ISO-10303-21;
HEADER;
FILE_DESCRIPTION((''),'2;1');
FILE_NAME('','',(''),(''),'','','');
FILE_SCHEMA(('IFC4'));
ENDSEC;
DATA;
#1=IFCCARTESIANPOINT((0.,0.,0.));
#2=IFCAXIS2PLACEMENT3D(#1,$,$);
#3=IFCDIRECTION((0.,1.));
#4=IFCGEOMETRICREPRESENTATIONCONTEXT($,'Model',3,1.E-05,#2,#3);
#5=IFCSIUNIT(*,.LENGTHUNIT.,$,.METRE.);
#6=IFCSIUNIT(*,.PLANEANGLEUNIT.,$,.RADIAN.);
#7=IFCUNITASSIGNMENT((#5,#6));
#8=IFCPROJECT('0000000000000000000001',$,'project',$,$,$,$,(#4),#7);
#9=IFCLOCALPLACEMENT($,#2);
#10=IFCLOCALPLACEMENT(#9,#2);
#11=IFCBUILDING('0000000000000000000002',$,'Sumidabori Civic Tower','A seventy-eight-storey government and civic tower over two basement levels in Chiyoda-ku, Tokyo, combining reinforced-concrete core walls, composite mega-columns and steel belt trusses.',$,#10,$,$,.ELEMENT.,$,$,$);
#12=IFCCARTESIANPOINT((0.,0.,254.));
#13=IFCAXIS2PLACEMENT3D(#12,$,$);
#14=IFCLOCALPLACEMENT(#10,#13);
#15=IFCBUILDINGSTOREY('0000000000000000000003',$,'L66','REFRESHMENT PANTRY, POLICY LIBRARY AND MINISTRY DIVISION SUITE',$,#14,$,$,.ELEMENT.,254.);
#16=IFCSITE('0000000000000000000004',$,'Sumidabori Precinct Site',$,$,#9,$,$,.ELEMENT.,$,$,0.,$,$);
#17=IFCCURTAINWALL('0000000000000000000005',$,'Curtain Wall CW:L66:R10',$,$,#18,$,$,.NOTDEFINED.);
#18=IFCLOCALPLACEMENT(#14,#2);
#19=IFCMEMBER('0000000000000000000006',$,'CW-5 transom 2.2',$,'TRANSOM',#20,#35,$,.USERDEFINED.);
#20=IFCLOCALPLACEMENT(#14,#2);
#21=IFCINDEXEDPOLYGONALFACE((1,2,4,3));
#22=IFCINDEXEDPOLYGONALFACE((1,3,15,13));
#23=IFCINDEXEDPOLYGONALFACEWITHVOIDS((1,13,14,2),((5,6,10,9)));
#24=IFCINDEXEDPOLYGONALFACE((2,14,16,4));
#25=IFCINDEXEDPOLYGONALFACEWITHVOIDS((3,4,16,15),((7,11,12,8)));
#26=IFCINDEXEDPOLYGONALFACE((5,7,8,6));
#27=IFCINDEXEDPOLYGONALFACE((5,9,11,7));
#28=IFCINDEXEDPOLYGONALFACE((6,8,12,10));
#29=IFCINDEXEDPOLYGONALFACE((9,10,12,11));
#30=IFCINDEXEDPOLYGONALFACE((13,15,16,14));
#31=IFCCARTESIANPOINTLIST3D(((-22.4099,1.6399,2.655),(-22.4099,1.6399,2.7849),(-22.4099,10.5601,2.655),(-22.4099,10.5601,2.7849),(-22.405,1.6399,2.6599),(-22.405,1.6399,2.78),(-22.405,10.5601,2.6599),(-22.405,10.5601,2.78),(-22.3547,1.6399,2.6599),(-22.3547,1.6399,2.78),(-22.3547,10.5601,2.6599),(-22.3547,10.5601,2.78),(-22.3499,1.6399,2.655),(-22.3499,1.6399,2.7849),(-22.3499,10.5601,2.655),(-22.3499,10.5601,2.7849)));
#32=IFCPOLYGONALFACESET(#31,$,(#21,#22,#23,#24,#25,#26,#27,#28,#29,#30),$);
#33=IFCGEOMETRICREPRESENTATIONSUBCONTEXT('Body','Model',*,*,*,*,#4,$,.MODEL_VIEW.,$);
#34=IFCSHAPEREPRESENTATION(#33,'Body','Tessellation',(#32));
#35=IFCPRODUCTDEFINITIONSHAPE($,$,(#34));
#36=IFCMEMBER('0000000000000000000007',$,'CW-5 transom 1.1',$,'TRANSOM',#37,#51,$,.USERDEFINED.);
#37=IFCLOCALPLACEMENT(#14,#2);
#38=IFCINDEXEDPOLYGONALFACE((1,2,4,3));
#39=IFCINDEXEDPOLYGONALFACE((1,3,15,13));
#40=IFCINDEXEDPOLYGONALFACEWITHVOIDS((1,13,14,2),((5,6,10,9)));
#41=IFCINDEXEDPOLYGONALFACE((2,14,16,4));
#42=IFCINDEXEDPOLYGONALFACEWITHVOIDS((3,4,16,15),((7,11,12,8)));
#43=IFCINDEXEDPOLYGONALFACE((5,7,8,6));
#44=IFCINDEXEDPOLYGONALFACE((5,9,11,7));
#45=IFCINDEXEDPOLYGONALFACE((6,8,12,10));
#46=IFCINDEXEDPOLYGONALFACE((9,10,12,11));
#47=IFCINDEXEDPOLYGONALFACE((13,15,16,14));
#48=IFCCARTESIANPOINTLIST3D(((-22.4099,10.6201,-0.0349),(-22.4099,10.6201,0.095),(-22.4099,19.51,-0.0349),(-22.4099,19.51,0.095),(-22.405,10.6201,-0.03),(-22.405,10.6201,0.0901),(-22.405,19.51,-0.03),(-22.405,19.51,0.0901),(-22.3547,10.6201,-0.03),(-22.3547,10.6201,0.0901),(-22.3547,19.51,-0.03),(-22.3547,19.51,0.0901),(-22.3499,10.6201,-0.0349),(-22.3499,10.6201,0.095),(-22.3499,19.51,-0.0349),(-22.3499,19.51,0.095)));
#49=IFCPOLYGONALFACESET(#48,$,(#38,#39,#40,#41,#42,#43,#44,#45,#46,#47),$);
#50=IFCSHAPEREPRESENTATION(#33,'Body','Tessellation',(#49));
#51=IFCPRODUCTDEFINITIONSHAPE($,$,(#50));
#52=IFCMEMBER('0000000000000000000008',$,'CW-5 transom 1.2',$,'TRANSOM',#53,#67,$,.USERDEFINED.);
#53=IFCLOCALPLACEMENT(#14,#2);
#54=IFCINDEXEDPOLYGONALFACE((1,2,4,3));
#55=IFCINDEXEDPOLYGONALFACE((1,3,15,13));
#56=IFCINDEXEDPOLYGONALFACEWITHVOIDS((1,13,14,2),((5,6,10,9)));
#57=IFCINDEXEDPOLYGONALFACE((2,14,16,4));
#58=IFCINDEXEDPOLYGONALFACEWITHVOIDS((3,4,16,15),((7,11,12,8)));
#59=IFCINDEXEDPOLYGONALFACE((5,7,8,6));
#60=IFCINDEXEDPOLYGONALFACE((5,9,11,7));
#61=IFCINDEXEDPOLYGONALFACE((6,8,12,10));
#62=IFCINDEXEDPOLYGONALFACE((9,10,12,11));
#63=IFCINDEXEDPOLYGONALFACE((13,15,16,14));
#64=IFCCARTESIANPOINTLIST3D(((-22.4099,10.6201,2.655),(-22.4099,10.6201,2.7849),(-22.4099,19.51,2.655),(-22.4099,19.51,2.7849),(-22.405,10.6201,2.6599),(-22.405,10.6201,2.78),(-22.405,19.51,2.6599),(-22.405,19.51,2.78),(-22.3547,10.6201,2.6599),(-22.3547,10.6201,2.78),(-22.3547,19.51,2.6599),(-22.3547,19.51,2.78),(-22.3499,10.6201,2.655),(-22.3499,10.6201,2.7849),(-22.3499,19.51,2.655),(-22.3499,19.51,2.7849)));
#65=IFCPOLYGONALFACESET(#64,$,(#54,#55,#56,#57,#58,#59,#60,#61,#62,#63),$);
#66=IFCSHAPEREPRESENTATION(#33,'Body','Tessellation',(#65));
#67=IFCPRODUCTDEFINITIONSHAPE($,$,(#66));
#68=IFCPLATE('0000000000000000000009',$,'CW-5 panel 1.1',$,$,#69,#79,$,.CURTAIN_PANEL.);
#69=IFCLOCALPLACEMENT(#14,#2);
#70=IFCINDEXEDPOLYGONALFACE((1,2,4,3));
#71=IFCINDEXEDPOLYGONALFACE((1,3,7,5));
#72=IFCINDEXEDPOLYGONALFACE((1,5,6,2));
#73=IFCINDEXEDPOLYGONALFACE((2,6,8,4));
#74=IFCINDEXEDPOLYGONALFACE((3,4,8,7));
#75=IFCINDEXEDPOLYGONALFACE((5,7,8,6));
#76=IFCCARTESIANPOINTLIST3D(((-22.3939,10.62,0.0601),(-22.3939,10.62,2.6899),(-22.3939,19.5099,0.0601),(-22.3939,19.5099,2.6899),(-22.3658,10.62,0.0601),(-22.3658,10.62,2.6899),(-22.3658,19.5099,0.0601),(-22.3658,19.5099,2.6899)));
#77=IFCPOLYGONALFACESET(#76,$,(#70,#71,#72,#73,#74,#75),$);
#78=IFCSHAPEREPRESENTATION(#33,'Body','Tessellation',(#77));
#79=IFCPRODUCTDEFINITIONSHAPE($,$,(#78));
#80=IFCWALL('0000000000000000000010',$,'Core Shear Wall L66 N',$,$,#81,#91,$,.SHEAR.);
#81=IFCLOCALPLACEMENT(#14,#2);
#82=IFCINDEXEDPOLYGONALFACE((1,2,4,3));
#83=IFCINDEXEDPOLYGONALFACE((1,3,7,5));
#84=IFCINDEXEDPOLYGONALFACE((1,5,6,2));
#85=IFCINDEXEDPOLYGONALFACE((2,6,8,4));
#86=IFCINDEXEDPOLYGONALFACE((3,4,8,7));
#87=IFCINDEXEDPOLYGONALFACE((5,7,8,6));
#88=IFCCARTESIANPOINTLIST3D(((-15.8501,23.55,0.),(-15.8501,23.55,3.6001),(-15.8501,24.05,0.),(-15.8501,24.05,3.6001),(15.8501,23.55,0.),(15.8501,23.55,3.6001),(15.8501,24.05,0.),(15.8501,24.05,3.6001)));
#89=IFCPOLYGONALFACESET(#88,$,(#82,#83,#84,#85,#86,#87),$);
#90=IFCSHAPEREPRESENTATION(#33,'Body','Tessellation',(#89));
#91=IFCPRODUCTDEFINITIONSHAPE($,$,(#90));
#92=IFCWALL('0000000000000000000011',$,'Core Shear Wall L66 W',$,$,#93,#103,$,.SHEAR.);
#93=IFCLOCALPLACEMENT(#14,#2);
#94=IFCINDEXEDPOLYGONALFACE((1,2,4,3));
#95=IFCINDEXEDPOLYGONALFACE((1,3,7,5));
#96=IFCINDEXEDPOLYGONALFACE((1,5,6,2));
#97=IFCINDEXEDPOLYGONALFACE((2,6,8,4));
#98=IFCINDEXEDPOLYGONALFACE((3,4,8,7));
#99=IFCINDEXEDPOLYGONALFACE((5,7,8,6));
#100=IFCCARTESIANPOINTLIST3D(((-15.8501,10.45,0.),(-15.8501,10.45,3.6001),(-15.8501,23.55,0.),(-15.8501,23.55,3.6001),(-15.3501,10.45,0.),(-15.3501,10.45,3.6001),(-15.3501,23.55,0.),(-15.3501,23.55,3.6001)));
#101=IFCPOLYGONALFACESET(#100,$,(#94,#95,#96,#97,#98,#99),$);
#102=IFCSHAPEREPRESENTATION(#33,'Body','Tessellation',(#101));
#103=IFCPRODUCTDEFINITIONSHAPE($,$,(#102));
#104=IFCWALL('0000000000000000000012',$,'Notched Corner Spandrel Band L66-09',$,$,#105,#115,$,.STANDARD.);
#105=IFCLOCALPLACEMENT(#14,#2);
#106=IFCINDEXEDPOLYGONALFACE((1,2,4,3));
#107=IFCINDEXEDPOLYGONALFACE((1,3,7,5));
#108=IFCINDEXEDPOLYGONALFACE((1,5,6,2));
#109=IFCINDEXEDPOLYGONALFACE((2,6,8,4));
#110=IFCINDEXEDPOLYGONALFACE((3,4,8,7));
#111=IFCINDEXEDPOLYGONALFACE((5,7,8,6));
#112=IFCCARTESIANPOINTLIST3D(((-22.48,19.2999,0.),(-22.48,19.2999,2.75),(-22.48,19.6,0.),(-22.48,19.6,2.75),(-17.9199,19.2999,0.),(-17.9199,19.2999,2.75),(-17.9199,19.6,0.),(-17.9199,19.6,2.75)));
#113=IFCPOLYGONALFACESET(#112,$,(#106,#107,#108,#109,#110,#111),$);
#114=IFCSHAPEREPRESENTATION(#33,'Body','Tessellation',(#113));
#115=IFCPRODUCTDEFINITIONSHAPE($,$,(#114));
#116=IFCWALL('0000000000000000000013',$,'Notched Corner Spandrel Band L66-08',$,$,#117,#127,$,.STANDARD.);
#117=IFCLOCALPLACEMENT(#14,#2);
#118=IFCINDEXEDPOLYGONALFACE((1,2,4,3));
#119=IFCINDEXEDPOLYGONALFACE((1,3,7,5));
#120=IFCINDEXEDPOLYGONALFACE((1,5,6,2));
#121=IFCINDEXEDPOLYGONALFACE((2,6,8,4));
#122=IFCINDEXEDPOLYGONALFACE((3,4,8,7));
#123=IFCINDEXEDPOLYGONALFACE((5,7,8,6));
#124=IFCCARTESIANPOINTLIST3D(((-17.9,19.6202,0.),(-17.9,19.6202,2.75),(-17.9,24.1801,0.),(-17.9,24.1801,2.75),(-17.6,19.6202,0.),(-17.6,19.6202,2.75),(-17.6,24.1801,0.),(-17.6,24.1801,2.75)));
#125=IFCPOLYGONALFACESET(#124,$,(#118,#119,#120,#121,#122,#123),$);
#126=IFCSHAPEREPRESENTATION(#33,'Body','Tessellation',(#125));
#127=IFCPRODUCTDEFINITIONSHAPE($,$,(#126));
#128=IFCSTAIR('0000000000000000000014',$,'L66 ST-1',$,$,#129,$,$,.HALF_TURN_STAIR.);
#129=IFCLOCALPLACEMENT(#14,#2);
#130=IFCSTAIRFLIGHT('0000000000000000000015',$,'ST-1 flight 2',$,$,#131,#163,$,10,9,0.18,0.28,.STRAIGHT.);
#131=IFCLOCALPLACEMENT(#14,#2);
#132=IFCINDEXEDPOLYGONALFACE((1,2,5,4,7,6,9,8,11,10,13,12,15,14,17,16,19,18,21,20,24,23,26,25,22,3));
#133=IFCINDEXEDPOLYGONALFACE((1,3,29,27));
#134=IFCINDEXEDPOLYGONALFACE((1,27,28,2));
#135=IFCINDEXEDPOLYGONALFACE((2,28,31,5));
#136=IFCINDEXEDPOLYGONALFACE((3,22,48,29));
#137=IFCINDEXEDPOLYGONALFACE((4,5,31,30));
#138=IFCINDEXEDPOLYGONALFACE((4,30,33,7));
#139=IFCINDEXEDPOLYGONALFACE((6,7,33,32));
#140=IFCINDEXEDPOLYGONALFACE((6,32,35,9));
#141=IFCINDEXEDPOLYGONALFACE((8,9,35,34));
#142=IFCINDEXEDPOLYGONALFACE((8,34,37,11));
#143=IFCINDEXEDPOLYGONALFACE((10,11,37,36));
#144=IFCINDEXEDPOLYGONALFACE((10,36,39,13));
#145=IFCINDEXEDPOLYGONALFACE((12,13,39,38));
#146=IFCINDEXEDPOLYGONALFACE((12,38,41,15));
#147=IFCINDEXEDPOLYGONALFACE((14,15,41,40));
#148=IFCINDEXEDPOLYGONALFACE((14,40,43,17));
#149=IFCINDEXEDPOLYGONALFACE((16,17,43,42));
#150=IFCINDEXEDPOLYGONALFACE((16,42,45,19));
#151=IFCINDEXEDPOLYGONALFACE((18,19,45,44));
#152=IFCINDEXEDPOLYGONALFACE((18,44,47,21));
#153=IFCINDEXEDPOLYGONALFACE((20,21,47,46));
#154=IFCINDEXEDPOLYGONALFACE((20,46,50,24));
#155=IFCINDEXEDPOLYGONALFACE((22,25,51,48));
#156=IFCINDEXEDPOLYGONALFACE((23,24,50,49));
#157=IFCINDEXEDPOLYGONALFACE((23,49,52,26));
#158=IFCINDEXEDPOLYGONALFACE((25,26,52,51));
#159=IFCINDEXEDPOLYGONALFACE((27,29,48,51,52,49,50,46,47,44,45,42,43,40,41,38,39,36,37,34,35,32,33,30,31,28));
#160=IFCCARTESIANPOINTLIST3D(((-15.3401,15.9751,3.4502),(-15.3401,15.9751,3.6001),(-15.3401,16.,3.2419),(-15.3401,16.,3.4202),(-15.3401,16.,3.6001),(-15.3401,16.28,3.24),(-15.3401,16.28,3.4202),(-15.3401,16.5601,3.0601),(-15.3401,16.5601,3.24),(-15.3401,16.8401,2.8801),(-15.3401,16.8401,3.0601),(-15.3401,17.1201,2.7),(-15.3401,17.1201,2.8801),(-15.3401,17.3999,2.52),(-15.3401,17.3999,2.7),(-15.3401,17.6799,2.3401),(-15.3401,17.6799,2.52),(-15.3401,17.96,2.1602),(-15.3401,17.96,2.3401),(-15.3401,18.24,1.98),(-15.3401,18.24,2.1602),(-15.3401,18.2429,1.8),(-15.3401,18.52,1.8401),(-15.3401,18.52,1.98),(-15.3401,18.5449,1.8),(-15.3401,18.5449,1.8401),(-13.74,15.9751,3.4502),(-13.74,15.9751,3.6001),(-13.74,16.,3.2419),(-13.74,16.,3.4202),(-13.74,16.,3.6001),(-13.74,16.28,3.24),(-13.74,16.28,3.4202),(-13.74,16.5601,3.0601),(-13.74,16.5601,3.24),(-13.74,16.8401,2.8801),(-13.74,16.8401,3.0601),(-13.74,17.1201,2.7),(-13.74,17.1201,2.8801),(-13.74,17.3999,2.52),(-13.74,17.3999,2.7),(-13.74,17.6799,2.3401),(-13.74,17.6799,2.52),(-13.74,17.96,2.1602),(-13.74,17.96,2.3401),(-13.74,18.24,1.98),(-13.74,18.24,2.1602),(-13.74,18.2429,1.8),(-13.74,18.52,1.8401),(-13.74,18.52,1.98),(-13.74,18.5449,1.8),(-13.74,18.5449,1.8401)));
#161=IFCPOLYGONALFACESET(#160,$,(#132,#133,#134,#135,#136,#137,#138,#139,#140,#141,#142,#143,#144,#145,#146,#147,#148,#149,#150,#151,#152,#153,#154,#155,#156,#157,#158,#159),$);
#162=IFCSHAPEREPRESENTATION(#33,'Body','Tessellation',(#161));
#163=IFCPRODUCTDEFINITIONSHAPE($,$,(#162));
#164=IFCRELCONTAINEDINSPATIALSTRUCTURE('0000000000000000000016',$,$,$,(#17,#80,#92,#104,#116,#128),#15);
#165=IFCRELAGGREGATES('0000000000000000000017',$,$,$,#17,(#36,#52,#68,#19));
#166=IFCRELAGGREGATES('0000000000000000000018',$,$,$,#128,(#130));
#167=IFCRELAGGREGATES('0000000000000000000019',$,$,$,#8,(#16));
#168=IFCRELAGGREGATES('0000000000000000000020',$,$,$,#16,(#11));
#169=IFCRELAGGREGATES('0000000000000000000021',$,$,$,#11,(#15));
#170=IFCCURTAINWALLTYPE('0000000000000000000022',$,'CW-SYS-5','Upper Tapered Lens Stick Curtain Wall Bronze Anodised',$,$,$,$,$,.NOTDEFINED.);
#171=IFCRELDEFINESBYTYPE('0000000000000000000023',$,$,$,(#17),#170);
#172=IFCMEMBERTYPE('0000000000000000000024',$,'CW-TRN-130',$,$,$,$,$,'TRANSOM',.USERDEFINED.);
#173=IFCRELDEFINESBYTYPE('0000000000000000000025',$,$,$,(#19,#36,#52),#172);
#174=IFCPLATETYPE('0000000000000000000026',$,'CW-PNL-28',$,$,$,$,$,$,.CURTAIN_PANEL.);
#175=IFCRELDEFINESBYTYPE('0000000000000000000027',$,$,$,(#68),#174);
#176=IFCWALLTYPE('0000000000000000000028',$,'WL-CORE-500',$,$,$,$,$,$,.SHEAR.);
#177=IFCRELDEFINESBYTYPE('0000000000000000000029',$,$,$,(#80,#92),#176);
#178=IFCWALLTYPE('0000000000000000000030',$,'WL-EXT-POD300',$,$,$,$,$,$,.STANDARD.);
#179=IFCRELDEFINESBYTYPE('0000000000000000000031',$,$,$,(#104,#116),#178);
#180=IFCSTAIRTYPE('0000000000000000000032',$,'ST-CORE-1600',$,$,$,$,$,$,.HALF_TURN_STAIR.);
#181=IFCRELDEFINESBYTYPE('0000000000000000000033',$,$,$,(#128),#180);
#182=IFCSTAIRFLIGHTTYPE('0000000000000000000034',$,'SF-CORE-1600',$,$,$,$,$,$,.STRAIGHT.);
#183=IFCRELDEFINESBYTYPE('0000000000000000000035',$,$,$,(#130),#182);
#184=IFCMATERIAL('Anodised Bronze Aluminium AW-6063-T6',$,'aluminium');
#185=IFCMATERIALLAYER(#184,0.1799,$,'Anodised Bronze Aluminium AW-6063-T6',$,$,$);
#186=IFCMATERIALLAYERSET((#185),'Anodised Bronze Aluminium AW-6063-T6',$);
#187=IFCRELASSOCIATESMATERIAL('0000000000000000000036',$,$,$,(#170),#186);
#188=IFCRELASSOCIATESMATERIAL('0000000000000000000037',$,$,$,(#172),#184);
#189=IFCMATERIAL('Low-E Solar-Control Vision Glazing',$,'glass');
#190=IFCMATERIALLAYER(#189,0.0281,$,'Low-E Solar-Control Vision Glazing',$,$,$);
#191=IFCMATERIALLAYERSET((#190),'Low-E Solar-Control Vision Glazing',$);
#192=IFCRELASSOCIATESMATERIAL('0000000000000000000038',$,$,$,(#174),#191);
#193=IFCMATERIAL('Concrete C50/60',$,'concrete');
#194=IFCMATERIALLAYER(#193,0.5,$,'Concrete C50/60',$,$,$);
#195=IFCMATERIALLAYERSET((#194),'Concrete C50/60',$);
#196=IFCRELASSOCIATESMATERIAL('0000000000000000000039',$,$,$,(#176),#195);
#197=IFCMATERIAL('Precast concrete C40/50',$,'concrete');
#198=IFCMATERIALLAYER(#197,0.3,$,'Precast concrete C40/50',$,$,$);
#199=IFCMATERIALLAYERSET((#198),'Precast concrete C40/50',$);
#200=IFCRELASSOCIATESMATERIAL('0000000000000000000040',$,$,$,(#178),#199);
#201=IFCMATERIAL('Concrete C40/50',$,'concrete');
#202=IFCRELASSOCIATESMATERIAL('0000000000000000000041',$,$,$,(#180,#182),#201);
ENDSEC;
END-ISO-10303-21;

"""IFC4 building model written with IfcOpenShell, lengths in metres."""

from ifc_helpers import new_model, si_unit, direction, frame, frame_2d, origin, origin_2d, place, context, subcontext, project, spatial, polyline, rectangle, hollow_rectangle, outline, extrude, source, transform, mapped, material, layer, layer_set, material_profile, profile_set, type_object, element, aggregate, save


model = new_model("IFC4")

# Units and contexts
model_context = context("Model", 3, precision=1e-05, world=origin(), true_north=direction((0.0, 1.0)))
body_context = subcontext(model_context, "Body", "Model", "MODEL_VIEW")
ifc_project = project(units=[si_unit("LENGTHUNIT", "METRE"), si_unit("PLANEANGLEUNIT", "RADIAN")], contexts=[model_context])

# Site, building, storey
site_placement = place(None, origin())
site = spatial("IfcSite", under=ifc_project, at=site_placement, Name="Sumidabori Precinct Site", CompositionType="ELEMENT", RefElevation=0.0)
building_placement = place(site_placement, origin())
building = spatial("IfcBuilding", under=site, at=building_placement, Name="Sumidabori Civic Tower", Description="A seventy-eight-storey government and civic tower over two basement levels in Chiyoda-ku, Tokyo, combining reinforced-concrete core walls, composite mega-columns and steel belt trusses.", CompositionType="ELEMENT")
storey_placement = place(building_placement, frame((0.0, 0.0, 254.0)))
storey = spatial("IfcBuildingStorey", under=building, at=storey_placement, Name="L66", Description="REFRESHMENT PANTRY, POLICY LIBRARY AND MINISTRY DIVISION SUITE", CompositionType="ELEMENT", Elevation=254.0)

# Shared definitions
ifc_material_1 = material(Name="Anodised Bronze Aluminium AW-6063-T6", Category="aluminium")
ifc_layer_1 = layer(ifc_material_1, 0.1799, Name="Anodised Bronze Aluminium AW-6063-T6")
ifc_layer_set_1 = layer_set([ifc_layer_1], Name="Anodised Bronze Aluminium AW-6063-T6")
curtain_wall_type = type_object("IfcCurtainWallType", Name="CW-SYS-5", Description="Upper Tapered Lens Stick Curtain Wall Bronze Anodised", PredefinedType="NOTDEFINED", material=ifc_layer_set_1)

# Curtain wall, members, plate
curtain_wall_1_placement = place(storey_placement, origin())
curtain_wall_1 = element("IfcCurtainWall", 1, at=curtain_wall_1_placement, inside=storey, type_object=curtain_wall_type, Name="Curtain Wall CW:L66:R10", PredefinedType="NOTDEFINED")
ifc_material_profile_1 = material_profile(ifc_material_1, hollow_rectangle(XDim=0.0601, YDim=0.1299, WallThickness=0.0049, at=origin_2d()), Name="ALU TRANSOM 130x60")
ifc_profile_set_1 = profile_set([ifc_material_profile_1], Name="Anodised Bronze Aluminium AW-6063-T6")
member_type_1 = type_object("IfcMemberType", Name="CW-TRN-130", ElementType="TRANSOM", PredefinedType="USERDEFINED", material=ifc_profile_set_1)
shared_shape_1 = source(origin(), body_context, "Body", "SweptSolid", [
    extrude(hollow_rectangle(XDim=0.0601, YDim=0.1299, WallThickness=0.0049, at=origin_2d()), origin(), (0.0, 0.0, 1.0), 8.9202),
])
member_1_placement = place(storey_placement, frame((-22.3799, 10.5601, 2.72), z_axis=(0.0, -1.0, 0.0), x_axis=(1.0, 0.0, 0.0)))
member_1 = element("IfcMember", 2, at=member_1_placement, type_object=member_type_1, Name="CW-5 transom 2.2", ObjectType="TRANSOM", PredefinedType="USERDEFINED", context=body_context, shape_type="MappedRepresentation", body=[
    mapped(shared_shape_1, transform((0.0, 0.0, 0.0), x_axis=(1.0, 0.0, 0.0), y_axis=(0.0, 1.0, 0.0), z_axis=(0.0, 0.0, 1.0), scale=1.0)),
])
shared_shape_2 = source(origin(), body_context, "Body", "SweptSolid", [
    extrude(hollow_rectangle(XDim=0.0601, YDim=0.1299, WallThickness=0.0049, at=origin_2d()), origin(), (0.0, 0.0, 1.0), 8.8899),
])
member_2_placement = place(storey_placement, frame((-22.3799, 19.51, 0.03), z_axis=(0.0, -1.0, 0.0), x_axis=(1.0, 0.0, 0.0)))
member_2 = element("IfcMember", 3, at=member_2_placement, type_object=member_type_1, Name="CW-5 transom 1.1", ObjectType="TRANSOM", PredefinedType="USERDEFINED", context=body_context, shape_type="MappedRepresentation", body=[
    mapped(shared_shape_2, transform((0.0, 0.0, 0.0), x_axis=(1.0, 0.0, 0.0), y_axis=(0.0, 1.0, 0.0), z_axis=(0.0, 0.0, 1.0), scale=1.0)),
])
member_3_placement = place(storey_placement, frame((-22.3799, 19.51, 2.72), z_axis=(0.0, -1.0, 0.0), x_axis=(1.0, 0.0, 0.0)))
member_3 = element("IfcMember", 4, at=member_3_placement, type_object=member_type_1, Name="CW-5 transom 1.2", ObjectType="TRANSOM", PredefinedType="USERDEFINED", context=body_context, shape_type="MappedRepresentation", body=[
    mapped(shared_shape_2, transform((0.0, 0.0, 0.0), x_axis=(1.0, 0.0, 0.0), y_axis=(0.0, 1.0, 0.0), z_axis=(0.0, 0.0, 1.0), scale=1.0)),
])
ifc_material_2 = material(Name="Low-E Solar-Control Vision Glazing", Category="glass")
ifc_layer_2 = layer(ifc_material_2, 0.0281, Name="Low-E Solar-Control Vision Glazing")
ifc_layer_set_2 = layer_set([ifc_layer_2], Name="Low-E Solar-Control Vision Glazing")
plate_type = type_object("IfcPlateType", Name="CW-PNL-28", PredefinedType="CURTAIN_PANEL", material=ifc_layer_set_2)
shared_shape_3 = source(origin(), body_context, "Body", "SweptSolid", [
    extrude(rectangle(XDim=8.8899, YDim=0.0281, at=origin_2d()), origin(), (0.0, 0.0, 1.0), 2.6299),
])
plate_placement = place(storey_placement, frame((-22.3799, 15.0649, 0.0601), z_axis=(0.0, 0.0, 1.0), x_axis=(0.0, -1.0, 0.0)))
plate = element("IfcPlate", 5, at=plate_placement, type_object=plate_type, Name="CW-5 panel 1.1", PredefinedType="CURTAIN_PANEL", context=body_context, shape_type="MappedRepresentation", body=[
    mapped(shared_shape_3, transform((0.0, 0.0, 0.0), x_axis=(1.0, 0.0, 0.0), y_axis=(0.0, 1.0, 0.0), z_axis=(0.0, 0.0, 1.0), scale=1.0)),
])
aggregate(curtain_wall_1, [member_2, member_3, plate, member_1])

# Wall
ifc_material_3 = material(Name="Concrete C50/60", Category="concrete")
ifc_layer_3 = layer(ifc_material_3, 0.5, Name="Concrete C50/60")
ifc_layer_set_3 = layer_set([ifc_layer_3], Name="Concrete C50/60")
wall_type_1 = type_object("IfcWallType", Name="WL-CORE-500", PredefinedType="SHEAR", material=ifc_layer_set_3)
shared_shape_4 = source(origin(), body_context, "Body", "SweptSolid", [
    extrude(rectangle(XDim=31.7002, YDim=0.5, at=frame_2d((15.8501, 0.0))), origin(), (0.0, 0.0, 1.0), 3.6001),
])
wall_1_placement = place(storey_placement, frame((-15.8501, 23.8, 0.0), z_axis=(0.0, 0.0, 1.0), x_axis=(1.0, 0.0, 0.0)))
element("IfcWall", 6, at=wall_1_placement, inside=storey, type_object=wall_type_1, Name="Core Shear Wall L66 N", PredefinedType="SHEAR", context=body_context, shape_type="MappedRepresentation", body=[
    mapped(shared_shape_4, transform((0.0, 0.0, 0.0), x_axis=(1.0, 0.0, 0.0), y_axis=(0.0, 1.0, 0.0), z_axis=(0.0, 0.0, 1.0), scale=1.0)),
])

# Wall
shared_shape_5 = source(origin(), body_context, "Body", "SweptSolid", [
    extrude(rectangle(XDim=13.1001, YDim=0.5, at=frame_2d((6.55, 0.0))), origin(), (0.0, 0.0, 1.0), 3.6001),
])
wall_2_placement = place(storey_placement, frame((-15.6001, 10.45, 0.0), z_axis=(0.0, 0.0, 1.0), x_axis=(0.0, 1.0, 0.0)))
element("IfcWall", 7, at=wall_2_placement, inside=storey, type_object=wall_type_1, Name="Core Shear Wall L66 W", PredefinedType="SHEAR", context=body_context, shape_type="MappedRepresentation", body=[
    mapped(shared_shape_5, transform((0.0, 0.0, 0.0), x_axis=(1.0, 0.0, 0.0), y_axis=(0.0, 1.0, 0.0), z_axis=(0.0, 0.0, 1.0), scale=1.0)),
])

# Walls
ifc_material_4 = material(Name="Precast concrete C40/50", Category="concrete")
ifc_layer_4 = layer(ifc_material_4, 0.3, Name="Precast concrete C40/50")
ifc_layer_set_4 = layer_set([ifc_layer_4], Name="Precast concrete C40/50")
wall_type_2 = type_object("IfcWallType", Name="WL-EXT-POD300", PredefinedType="STANDARD", material=ifc_layer_set_4)
shared_shape_6 = source(origin(), body_context, "Body", "SweptSolid", [
    extrude(rectangle(XDim=4.5601, YDim=0.3, at=frame_2d((2.28, 0.0))), origin(), (0.0, 0.0, 1.0), 2.75),
])
wall_3_placement = place(storey_placement, frame((-17.9199, 19.45, 0.0), z_axis=(0.0, 0.0, 1.0), x_axis=(-1.0, 0.0, 0.0)))
element("IfcWall", 8, at=wall_3_placement, inside=storey, type_object=wall_type_2, Name="Notched Corner Spandrel Band L66-09", PredefinedType="STANDARD", context=body_context, shape_type="MappedRepresentation", body=[
    mapped(shared_shape_6, transform((0.0, 0.0, 0.0), x_axis=(1.0, 0.0, 0.0), y_axis=(0.0, 1.0, 0.0), z_axis=(0.0, 0.0, 1.0), scale=1.0)),
])
shared_shape_7 = source(origin(), body_context, "Body", "SweptSolid", [
    extrude(rectangle(XDim=4.5598, YDim=0.3, at=frame_2d((2.2798, 0.0))), origin(), (0.0, 0.0, 1.0), 2.75),
])
wall_4_placement = place(storey_placement, frame((-17.75, 24.1799, 0.0), z_axis=(0.0, 0.0, 1.0), x_axis=(0.0, -1.0, 0.0)))
element("IfcWall", 9, at=wall_4_placement, inside=storey, type_object=wall_type_2, Name="Notched Corner Spandrel Band L66-08", PredefinedType="STANDARD", context=body_context, shape_type="MappedRepresentation", body=[
    mapped(shared_shape_7, transform((0.0, 0.0, 0.0), x_axis=(1.0, 0.0, 0.0), y_axis=(0.0, 1.0, 0.0), z_axis=(0.0, 0.0, 1.0), scale=1.0)),
])

# Stair, stair flight
ifc_material_5 = material(Name="Concrete C40/50", Category="concrete")
stair_type = type_object("IfcStairType", Name="ST-CORE-1600", PredefinedType="HALF_TURN_STAIR", material=ifc_material_5)
stair_placement = place(storey_placement, origin())
stair = element("IfcStair", 10, at=stair_placement, inside=storey, type_object=stair_type, Name="L66 ST-1", PredefinedType="HALF_TURN_STAIR")
stair_flight_type = type_object("IfcStairFlightType", Name="SF-CORE-1600", PredefinedType="STRAIGHT", material=ifc_material_5)
shared_shape_8 = source(origin(), body_context, "Body", "SweptSolid", [
    extrude(outline(polyline([(-0.0249, 0.0), (-0.0249, 0.04), (0.0, 0.04), (0.0, 0.1799), (0.28, 0.1799), (0.28, 0.3601), (0.5601, 0.3601), (0.5601, 0.54), (0.8401, 0.54), (0.8401, 0.72), (1.1201, 0.72), (1.1201, 0.8999), (1.3999, 0.8999), (1.3999, 1.0801), (1.6799, 1.0801), (1.6799, 1.26), (1.96, 1.26), (1.96, 1.4399), (2.24, 1.4399), (2.24, 1.6201), (2.52, 1.6201), (2.52, 1.8), (2.5449, 1.8), (2.5449, 1.6501), (2.52, 1.4419), (0.2771, 0.0), (-0.0249, 0.0)])), frame((0.0, 0.8, 0.0), z_axis=(0.0, -1.0, 0.0), x_axis=(1.0, 0.0, 0.0)), (0.0, 0.0, 1.0), 1.6001),
])
stair_flight_placement = place(storey_placement, frame((-14.54, 18.52, 1.8), z_axis=(0.0, 0.0, 1.0), x_axis=(0.0, -1.0, 0.0)))
stair_flight = element("IfcStairFlight", 11, at=stair_flight_placement, type_object=stair_flight_type, Name="ST-1 flight 2", NumberOfRisers=10, NumberOfTreads=9, PredefinedType="STRAIGHT", RiserHeight=0.18, TreadLength=0.28, context=body_context, shape_type="MappedRepresentation", body=[
    mapped(shared_shape_8, transform((0.0, 0.0, 0.0), x_axis=(1.0, 0.0, 0.0), y_axis=(0.0, 1.0, 0.0), z_axis=(0.0, 0.0, 1.0), scale=1.0)),
])
aggregate(stair, [stair_flight])

save(model, "model.ifc")
